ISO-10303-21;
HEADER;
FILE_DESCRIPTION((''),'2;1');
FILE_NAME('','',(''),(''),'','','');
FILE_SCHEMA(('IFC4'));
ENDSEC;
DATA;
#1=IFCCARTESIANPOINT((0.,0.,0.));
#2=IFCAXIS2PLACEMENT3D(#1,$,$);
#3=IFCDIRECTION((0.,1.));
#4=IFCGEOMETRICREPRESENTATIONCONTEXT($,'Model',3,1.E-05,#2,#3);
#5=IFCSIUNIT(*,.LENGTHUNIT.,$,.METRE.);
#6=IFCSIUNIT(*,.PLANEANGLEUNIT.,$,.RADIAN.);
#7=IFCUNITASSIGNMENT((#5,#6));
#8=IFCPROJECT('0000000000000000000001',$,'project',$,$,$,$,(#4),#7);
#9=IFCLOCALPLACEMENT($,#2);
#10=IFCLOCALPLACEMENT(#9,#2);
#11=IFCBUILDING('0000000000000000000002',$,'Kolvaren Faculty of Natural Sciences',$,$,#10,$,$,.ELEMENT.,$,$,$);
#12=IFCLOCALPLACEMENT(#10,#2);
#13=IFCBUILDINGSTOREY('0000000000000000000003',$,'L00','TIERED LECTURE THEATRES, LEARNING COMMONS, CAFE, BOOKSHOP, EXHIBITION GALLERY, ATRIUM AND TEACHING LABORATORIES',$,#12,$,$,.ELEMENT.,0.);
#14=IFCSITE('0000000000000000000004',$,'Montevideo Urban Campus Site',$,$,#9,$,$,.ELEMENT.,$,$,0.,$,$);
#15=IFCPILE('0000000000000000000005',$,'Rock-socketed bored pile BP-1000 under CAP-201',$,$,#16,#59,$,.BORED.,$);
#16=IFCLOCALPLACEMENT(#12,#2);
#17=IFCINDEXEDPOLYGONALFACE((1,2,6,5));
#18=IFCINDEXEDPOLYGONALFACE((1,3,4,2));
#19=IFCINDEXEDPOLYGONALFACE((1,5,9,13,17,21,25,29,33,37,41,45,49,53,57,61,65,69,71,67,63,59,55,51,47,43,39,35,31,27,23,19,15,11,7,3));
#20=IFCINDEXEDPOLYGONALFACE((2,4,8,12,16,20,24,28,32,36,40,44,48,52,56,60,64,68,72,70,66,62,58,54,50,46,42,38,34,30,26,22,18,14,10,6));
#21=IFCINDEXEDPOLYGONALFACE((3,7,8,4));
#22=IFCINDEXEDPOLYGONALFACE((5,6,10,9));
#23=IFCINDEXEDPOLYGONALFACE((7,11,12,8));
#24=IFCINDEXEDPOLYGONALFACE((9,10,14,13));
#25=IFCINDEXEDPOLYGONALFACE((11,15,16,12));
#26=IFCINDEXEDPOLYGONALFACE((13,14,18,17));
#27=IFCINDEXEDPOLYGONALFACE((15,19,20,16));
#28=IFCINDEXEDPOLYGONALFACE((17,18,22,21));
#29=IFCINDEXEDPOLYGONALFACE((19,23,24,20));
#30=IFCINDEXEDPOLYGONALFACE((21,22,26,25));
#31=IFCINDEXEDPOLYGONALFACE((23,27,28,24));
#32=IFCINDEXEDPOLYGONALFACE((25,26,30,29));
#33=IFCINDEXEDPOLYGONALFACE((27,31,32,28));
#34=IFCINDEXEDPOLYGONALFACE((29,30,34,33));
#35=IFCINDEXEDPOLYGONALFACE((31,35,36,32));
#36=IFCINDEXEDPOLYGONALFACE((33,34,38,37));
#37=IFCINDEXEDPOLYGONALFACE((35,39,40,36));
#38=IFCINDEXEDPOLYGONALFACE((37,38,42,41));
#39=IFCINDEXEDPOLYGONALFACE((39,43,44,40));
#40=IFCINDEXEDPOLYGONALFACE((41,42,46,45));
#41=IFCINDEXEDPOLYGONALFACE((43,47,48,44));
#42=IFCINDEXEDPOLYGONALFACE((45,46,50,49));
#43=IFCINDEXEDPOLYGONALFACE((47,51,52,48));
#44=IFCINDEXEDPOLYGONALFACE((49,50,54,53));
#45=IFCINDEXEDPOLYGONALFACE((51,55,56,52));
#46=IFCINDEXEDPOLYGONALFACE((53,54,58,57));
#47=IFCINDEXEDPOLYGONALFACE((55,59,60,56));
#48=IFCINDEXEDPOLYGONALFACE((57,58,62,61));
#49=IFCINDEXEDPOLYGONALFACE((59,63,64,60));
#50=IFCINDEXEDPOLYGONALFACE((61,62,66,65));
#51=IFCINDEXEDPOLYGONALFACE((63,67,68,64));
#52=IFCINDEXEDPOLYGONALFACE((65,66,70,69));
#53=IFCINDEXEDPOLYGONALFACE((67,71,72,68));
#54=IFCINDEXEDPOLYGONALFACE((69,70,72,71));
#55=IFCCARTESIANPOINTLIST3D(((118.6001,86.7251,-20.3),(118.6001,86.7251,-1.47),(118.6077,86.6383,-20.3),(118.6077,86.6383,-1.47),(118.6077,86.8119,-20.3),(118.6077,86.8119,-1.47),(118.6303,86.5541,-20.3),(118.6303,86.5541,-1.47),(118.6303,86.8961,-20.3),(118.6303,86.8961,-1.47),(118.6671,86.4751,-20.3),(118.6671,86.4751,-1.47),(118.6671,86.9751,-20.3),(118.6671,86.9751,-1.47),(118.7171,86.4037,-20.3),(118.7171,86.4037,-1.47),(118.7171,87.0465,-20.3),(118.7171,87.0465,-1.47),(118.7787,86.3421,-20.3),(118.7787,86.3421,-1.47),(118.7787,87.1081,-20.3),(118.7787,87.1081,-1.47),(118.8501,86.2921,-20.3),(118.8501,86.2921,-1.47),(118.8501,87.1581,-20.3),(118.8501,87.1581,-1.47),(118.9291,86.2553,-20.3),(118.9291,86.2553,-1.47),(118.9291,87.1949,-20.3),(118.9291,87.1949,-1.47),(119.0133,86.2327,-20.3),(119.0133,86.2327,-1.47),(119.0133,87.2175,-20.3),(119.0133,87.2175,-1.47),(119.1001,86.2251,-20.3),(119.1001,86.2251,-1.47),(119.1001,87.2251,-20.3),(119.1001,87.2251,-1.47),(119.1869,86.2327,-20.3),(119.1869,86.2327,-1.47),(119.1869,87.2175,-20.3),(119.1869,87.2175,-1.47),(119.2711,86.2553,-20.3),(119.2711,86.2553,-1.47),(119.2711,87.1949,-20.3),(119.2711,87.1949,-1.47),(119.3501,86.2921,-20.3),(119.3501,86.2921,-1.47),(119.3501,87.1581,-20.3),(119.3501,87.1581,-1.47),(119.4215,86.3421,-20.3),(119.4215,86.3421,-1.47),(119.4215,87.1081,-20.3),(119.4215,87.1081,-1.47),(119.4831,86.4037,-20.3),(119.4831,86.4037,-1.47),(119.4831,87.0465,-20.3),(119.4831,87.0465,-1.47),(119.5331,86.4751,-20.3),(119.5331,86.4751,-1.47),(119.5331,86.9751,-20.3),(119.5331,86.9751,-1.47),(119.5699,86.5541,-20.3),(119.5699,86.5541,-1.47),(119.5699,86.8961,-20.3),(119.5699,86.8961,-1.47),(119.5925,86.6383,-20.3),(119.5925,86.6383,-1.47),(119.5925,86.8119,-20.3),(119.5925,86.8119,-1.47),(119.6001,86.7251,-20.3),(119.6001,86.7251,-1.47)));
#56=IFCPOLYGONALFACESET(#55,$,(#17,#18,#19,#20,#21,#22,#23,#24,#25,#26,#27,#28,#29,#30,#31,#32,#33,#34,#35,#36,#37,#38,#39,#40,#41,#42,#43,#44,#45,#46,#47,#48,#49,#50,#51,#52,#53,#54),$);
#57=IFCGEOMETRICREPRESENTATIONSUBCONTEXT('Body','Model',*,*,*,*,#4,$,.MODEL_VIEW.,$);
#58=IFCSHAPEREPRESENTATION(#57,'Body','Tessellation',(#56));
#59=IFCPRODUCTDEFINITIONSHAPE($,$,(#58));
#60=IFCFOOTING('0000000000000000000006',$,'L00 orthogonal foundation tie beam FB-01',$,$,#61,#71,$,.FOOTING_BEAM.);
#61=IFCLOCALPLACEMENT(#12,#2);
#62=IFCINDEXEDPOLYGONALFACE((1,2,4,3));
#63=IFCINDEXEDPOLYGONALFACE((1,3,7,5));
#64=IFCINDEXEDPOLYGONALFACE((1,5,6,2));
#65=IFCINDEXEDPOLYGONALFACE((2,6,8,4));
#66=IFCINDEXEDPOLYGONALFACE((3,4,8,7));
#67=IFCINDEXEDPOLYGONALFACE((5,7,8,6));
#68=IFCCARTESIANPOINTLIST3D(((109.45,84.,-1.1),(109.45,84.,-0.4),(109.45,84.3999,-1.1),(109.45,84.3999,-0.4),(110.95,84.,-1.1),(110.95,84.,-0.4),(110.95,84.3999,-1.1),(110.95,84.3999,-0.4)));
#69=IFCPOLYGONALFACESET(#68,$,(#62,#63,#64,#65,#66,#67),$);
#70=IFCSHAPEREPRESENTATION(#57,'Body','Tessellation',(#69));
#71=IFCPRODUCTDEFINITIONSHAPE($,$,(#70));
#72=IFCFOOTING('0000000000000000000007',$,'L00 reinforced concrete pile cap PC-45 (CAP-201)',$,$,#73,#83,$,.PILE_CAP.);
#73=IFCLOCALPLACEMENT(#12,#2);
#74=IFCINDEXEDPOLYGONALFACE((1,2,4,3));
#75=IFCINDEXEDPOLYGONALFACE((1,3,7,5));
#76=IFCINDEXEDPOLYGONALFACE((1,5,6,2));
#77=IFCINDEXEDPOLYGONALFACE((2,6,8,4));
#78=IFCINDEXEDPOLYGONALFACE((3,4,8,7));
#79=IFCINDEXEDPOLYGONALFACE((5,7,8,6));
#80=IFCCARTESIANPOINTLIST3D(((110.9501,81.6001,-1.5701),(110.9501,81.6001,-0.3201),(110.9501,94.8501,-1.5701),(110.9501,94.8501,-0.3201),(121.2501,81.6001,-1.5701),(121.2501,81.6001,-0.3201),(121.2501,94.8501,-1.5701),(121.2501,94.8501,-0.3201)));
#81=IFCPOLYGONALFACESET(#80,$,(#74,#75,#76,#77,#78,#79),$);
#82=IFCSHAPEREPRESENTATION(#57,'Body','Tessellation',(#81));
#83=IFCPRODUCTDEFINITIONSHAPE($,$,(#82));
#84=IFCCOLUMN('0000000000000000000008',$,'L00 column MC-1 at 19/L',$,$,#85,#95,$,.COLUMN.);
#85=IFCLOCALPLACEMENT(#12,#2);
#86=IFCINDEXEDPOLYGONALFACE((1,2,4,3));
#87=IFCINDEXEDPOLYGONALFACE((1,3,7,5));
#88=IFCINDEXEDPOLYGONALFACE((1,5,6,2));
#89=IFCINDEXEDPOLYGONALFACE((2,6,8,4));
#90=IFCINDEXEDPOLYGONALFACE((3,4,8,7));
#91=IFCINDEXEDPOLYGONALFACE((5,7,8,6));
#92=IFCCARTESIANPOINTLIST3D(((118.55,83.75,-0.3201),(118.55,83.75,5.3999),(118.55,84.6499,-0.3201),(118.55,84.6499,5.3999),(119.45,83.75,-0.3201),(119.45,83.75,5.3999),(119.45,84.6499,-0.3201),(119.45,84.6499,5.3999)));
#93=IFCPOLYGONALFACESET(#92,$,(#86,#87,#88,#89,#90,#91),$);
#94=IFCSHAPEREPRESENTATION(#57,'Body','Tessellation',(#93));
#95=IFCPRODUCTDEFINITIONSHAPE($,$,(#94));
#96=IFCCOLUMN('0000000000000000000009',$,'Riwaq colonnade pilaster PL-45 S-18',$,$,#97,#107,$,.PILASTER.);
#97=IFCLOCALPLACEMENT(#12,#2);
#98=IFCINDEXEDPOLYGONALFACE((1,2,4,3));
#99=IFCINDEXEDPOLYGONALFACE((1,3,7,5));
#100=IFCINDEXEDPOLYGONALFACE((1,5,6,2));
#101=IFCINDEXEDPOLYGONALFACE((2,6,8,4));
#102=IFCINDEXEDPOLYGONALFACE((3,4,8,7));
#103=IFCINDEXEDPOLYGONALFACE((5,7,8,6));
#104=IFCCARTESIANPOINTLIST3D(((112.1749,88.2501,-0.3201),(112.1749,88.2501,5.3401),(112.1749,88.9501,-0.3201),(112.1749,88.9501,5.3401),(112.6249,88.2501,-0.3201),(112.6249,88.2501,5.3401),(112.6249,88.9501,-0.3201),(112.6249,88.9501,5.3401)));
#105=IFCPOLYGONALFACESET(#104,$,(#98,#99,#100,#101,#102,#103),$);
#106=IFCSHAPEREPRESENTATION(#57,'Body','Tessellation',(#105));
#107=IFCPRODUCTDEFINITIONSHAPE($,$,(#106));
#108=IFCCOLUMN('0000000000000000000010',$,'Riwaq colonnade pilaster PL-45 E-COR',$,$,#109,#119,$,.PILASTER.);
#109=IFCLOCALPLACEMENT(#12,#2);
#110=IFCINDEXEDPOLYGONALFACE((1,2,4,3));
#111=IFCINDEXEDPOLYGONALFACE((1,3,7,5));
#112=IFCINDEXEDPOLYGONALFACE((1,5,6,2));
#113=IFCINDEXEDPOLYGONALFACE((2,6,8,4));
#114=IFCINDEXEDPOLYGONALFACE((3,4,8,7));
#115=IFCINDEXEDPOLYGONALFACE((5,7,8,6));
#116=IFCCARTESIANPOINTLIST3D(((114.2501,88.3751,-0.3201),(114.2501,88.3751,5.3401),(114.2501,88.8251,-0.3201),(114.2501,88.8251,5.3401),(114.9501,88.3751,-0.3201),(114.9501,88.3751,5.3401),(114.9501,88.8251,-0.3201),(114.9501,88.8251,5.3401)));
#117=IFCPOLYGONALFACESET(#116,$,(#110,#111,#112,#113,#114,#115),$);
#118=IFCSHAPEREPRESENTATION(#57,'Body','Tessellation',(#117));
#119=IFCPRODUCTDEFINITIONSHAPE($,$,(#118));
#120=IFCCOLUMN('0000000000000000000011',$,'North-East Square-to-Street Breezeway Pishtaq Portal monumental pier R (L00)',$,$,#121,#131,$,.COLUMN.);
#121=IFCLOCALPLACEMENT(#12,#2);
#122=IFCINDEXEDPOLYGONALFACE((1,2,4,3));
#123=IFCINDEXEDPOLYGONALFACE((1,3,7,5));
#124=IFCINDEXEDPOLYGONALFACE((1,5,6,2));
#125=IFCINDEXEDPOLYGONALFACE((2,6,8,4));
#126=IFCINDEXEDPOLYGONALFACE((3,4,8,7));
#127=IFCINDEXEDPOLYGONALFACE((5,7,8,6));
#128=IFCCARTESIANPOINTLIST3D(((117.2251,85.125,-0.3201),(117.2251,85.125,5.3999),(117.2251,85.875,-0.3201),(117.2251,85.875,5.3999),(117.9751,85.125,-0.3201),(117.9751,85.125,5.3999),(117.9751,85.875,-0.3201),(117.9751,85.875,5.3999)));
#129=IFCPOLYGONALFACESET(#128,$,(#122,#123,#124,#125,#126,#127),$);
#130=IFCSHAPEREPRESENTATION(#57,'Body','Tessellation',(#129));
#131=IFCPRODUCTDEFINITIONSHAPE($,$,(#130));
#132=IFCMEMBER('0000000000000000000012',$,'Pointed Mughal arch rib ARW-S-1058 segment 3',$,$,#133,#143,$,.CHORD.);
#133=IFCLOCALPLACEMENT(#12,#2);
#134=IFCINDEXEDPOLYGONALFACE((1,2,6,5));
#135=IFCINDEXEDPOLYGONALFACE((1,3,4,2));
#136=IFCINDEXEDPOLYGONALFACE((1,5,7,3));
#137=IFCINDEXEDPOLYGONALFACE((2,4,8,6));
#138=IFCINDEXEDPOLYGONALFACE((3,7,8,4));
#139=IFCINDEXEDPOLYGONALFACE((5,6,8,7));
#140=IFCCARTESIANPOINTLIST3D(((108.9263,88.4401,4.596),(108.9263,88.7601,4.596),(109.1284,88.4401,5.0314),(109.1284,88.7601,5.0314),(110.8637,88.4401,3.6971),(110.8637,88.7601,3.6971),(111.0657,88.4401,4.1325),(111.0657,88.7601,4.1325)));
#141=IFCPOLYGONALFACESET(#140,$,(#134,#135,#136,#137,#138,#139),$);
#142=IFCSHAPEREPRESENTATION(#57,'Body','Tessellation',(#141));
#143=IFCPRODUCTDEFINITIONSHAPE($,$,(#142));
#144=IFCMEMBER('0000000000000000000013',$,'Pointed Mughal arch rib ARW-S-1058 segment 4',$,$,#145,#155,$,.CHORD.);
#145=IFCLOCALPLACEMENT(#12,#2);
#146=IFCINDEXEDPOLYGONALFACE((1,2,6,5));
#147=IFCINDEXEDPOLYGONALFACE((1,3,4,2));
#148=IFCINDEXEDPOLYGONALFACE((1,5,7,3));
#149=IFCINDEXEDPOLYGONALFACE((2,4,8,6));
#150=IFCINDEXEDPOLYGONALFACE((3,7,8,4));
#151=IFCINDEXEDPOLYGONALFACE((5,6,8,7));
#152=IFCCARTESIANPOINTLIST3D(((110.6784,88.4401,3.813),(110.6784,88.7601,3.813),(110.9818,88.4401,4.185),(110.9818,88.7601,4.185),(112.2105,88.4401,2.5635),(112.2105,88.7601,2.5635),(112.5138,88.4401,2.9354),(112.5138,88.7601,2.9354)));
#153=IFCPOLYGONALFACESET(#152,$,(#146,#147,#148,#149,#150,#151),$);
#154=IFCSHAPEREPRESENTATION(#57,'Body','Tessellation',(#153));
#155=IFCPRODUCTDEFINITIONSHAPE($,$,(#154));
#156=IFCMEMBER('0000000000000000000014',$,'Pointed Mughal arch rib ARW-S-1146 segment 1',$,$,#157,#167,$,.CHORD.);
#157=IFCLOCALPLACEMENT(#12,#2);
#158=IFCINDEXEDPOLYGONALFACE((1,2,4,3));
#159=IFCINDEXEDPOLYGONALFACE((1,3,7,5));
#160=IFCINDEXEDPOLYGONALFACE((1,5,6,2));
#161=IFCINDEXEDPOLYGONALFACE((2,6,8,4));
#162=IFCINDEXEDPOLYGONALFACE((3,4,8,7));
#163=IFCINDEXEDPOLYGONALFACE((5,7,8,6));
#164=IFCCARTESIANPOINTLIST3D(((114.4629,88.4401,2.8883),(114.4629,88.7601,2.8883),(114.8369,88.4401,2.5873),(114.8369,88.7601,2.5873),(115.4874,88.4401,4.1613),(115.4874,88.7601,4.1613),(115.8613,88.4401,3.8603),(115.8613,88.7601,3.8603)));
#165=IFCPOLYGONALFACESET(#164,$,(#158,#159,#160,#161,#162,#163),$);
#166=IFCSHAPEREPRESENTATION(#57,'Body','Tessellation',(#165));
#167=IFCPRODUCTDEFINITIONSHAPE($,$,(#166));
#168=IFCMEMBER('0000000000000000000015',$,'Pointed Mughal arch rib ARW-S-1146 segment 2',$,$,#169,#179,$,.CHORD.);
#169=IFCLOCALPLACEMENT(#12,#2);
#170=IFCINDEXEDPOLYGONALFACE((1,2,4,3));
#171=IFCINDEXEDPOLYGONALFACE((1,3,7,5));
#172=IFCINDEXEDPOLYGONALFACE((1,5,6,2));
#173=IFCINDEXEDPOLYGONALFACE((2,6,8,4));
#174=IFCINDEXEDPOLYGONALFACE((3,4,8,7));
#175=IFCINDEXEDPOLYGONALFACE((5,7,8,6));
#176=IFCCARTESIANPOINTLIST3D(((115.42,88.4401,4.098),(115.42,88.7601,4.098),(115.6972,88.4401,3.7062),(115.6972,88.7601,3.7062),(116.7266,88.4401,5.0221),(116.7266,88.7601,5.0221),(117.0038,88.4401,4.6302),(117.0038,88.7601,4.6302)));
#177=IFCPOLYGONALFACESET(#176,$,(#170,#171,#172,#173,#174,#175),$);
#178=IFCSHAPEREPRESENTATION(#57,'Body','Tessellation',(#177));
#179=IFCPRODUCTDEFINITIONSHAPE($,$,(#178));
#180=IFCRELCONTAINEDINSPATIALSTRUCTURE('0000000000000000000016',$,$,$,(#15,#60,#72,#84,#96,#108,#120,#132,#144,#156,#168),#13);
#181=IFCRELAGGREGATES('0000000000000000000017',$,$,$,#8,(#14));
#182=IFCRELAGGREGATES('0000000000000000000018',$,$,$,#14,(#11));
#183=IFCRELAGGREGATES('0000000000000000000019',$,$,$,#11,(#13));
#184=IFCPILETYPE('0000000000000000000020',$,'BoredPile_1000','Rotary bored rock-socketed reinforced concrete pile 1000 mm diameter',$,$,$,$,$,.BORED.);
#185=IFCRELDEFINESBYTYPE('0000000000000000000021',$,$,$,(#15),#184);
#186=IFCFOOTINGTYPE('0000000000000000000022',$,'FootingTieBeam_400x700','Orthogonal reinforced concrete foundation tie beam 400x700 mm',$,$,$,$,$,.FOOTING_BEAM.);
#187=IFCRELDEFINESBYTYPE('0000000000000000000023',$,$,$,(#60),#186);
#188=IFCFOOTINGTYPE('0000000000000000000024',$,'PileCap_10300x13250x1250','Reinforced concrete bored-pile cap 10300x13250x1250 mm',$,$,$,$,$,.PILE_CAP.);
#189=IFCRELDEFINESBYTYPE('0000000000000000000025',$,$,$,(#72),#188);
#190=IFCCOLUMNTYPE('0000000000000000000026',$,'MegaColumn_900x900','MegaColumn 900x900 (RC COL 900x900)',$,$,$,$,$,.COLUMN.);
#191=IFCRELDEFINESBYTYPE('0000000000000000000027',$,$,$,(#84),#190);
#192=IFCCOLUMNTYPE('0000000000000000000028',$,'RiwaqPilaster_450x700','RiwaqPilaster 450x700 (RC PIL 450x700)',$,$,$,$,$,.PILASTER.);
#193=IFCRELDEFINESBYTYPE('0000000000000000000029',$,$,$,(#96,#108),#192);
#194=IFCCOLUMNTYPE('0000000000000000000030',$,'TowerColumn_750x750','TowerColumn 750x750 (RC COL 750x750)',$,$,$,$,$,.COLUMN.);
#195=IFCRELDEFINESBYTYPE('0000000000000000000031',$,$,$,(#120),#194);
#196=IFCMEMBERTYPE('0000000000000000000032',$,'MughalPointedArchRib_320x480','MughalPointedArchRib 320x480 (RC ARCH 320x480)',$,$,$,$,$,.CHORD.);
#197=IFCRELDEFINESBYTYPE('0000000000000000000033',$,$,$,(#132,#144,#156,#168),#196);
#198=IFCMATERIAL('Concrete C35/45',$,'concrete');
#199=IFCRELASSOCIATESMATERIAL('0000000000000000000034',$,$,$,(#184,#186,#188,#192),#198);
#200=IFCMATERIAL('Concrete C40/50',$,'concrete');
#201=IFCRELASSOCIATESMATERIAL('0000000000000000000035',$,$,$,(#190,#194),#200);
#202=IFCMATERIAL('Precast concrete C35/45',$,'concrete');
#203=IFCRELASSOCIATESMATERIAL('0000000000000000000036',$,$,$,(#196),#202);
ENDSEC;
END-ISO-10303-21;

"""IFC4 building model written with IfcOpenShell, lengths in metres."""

from ifc_helpers import new_model, si_unit, direction, frame, origin, origin_2d, place, context, subcontext, project, spatial, rectangle, circle, extrude, material, material_profile, profile_set, type_object, element, save


model = new_model("IFC4")

# Units and contexts
model_context = context("Model", 3, precision=1e-05, world=origin(), true_north=direction((0.0, 1.0)))
body_context = subcontext(model_context, "Body", "Model", "MODEL_VIEW")
ifc_project = project(units=[si_unit("LENGTHUNIT", "METRE"), si_unit("PLANEANGLEUNIT", "RADIAN")], contexts=[model_context])

# Site, building, storey
site_placement = place(None, origin())
site = spatial("IfcSite", under=ifc_project, at=site_placement, Name="Montevideo Urban Campus Site", CompositionType="ELEMENT", RefElevation=0.0)
building_placement = place(site_placement, origin())
building = spatial("IfcBuilding", under=site, at=building_placement, Name="Kolvaren Faculty of Natural Sciences", CompositionType="ELEMENT")
storey_placement = place(building_placement, origin())
storey = spatial("IfcBuildingStorey", under=building, at=storey_placement, Name="L00", Description="TIERED LECTURE THEATRES, LEARNING COMMONS, CAFE, BOOKSHOP, EXHIBITION GALLERY, ATRIUM AND TEACHING LABORATORIES", CompositionType="ELEMENT", Elevation=0.0)

# Pile
ifc_material_1 = material(Name="Concrete C35/45", Category="concrete")
ifc_material_profile_1 = material_profile(ifc_material_1, circle(Radius=0.5, at=origin_2d()), Name="PILE D1000")
ifc_profile_set_1 = profile_set([ifc_material_profile_1], Name="Concrete C35/45")
pile_type = type_object("IfcPileType", Name="BoredPile_1000", Description="Rotary bored rock-socketed reinforced concrete pile 1000 mm diameter", PredefinedType="BORED", material=ifc_profile_set_1)
for number, where, z_axis, x_axis, name in (
    (1, (119.1001, 86.7251, -1.47), (0.0, 0.0, -1.0), (1.0, 0.0, 0.0), "Rock-socketed bored pile BP-1000 under CAP-201"),
):
    element("IfcPile", number, at=place(storey_placement, frame(where, z_axis=z_axis, x_axis=x_axis)), inside=storey, type_object=pile_type, Name=name, PredefinedType="BORED", context=body_context, shape_type="SweptSolid", body=[
        extrude(circle(Radius=0.5, at=origin_2d()), origin(), (0.0, 0.0, 1.0), 18.8301),
    ])

# Footings
ifc_material_profile_2 = material_profile(ifc_material_1, rectangle(XDim=0.3999, YDim=0.7, at=origin_2d()), Name="RC FB 400x700")
ifc_profile_set_2 = profile_set([ifc_material_profile_2], Name="Concrete C35/45")
footing_type_1 = type_object("IfcFootingType", Name="FootingTieBeam_400x700", Description="Orthogonal reinforced concrete foundation tie beam 400x700 mm", PredefinedType="FOOTING_BEAM", material=ifc_profile_set_2)
footing_1_placement = place(storey_placement, frame((109.45, 84.2, -0.75), z_axis=(1.0, 0.0, 0.0), x_axis=(0.0, 1.0, 0.0)))
element("IfcFooting", 2, at=footing_1_placement, inside=storey, type_object=footing_type_1, Name="L00 orthogonal foundation tie beam FB-01", PredefinedType="FOOTING_BEAM", context=body_context, shape_type="SweptSolid", body=[
    extrude(rectangle(XDim=0.3999, YDim=0.7, at=origin_2d()), origin(), (0.0, 0.0, 1.0), 1.5),
])
footing_type_2 = type_object("IfcFootingType", Name="PileCap_10300x13250x1250", Description="Reinforced concrete bored-pile cap 10300x13250x1250 mm", PredefinedType="PILE_CAP", material=ifc_material_1)
footing_2_placement = place(storey_placement, frame((116.1001, 88.2251, -1.5701), z_axis=(0.0, 0.0, 1.0), x_axis=(1.0, 0.0, 0.0)))
element("IfcFooting", 3, at=footing_2_placement, inside=storey, type_object=footing_type_2, Name="L00 reinforced concrete pile cap PC-45 (CAP-201)", PredefinedType="PILE_CAP", context=body_context, shape_type="SweptSolid", body=[
    extrude(rectangle(XDim=10.3, YDim=13.25, at=origin_2d()), origin(), (0.0, 0.0, 1.0), 1.25),
])

# Columns
ifc_material_2 = material(Name="Concrete C40/50", Category="concrete")
ifc_material_profile_3 = material_profile(ifc_material_2, rectangle(XDim=0.8999, YDim=0.8999, at=origin_2d()), Name="RC COL 900x900")
ifc_profile_set_3 = profile_set([ifc_material_profile_3], Name="Concrete C40/50")
column_type_1 = type_object("IfcColumnType", Name="MegaColumn_900x900", Description="MegaColumn 900x900 (RC COL 900x900)", PredefinedType="COLUMN", material=ifc_profile_set_3)
column_1_placement = place(storey_placement, frame((119.0, 84.2, -0.3201), z_axis=(0.0, 0.0, 1.0), x_axis=(1.0, 0.0, 0.0)))
element("IfcColumn", 4, at=column_1_placement, inside=storey, type_object=column_type_1, Name="L00 column MC-1 at 19/L", PredefinedType="COLUMN", context=body_context, shape_type="SweptSolid", body=[
    extrude(rectangle(XDim=0.8999, YDim=0.8999, at=origin_2d()), origin(), (0.0, 0.0, 1.0), 5.72),
])
ifc_material_profile_4 = material_profile(ifc_material_1, rectangle(XDim=0.45, YDim=0.7, at=origin_2d()), Name="RC PIL 450x700")
ifc_profile_set_4 = profile_set([ifc_material_profile_4], Name="Concrete C35/45")
column_type_2 = type_object("IfcColumnType", Name="RiwaqPilaster_450x700", Description="RiwaqPilaster 450x700 (RC PIL 450x700)", PredefinedType="PILASTER", material=ifc_profile_set_4)
for number, where, z_axis, x_axis, name in (
    (5, (112.3999, 88.6001, -0.3201), (0.0, 0.0, 1.0), (1.0, 0.0, 0.0), "Riwaq colonnade pilaster PL-45 S-18"),
    (6, (114.6001, 88.6001, -0.3201), (0.0, 0.0, 1.0), (0.0, 1.0, 0.0), "Riwaq colonnade pilaster PL-45 E-COR"),
):
    element("IfcColumn", number, at=place(storey_placement, frame(where, z_axis=z_axis, x_axis=x_axis)), inside=storey, type_object=column_type_2, Name=name, PredefinedType="PILASTER", context=body_context, shape_type="SweptSolid", body=[
        extrude(rectangle(XDim=0.45, YDim=0.7, at=origin_2d()), origin(), (0.0, 0.0, 1.0), 5.6602),
    ])
ifc_material_profile_5 = material_profile(ifc_material_2, rectangle(XDim=0.75, YDim=0.75, at=origin_2d()), Name="RC COL 750x750")
ifc_profile_set_5 = profile_set([ifc_material_profile_5], Name="Concrete C40/50")
column_type_3 = type_object("IfcColumnType", Name="TowerColumn_750x750", Description="TowerColumn 750x750 (RC COL 750x750)", PredefinedType="COLUMN", material=ifc_profile_set_5)
column_2_placement = place(storey_placement, frame((117.6001, 85.5, -0.3201), z_axis=(0.0, 0.0, 1.0), x_axis=(1.0, 0.0, 0.0)))
element("IfcColumn", 7, at=column_2_placement, inside=storey, type_object=column_type_3, Name="North-East Square-to-Street Breezeway Pishtaq Portal monumental pier R (L00)", PredefinedType="COLUMN", context=body_context, shape_type="SweptSolid", body=[
    extrude(rectangle(XDim=0.75, YDim=0.75, at=origin_2d()), origin(), (0.0, 0.0, 1.0), 5.72),
])

# Members
ifc_material_3 = material(Name="Precast concrete C35/45", Category="concrete")
ifc_material_profile_6 = material_profile(ifc_material_3, rectangle(XDim=0.3201, YDim=0.48, at=origin_2d()), Name="RC ARCH 320x480")
ifc_profile_set_6 = profile_set([ifc_material_profile_6], Name="Precast concrete C35/45")
member_type = type_object("IfcMemberType", Name="MughalPointedArchRib_320x480", Description="MughalPointedArchRib 320x480 (RC ARCH 320x480)", PredefinedType="CHORD", material=ifc_profile_set_6)
member_1_placement = place(storey_placement, frame((109.0273, 88.6001, 4.8137), z_axis=(0.907101, 0.0, -0.420913), x_axis=(0.0, 1.0, 0.0)))
element("IfcMember", 8, at=member_1_placement, inside=storey, type_object=member_type, Name="Pointed Mughal arch rib ARW-S-1058 segment 3", PredefinedType="CHORD", context=body_context, shape_type="SweptSolid", body=[
    extrude(rectangle(XDim=0.3201, YDim=0.48, at=origin_2d()), origin(), (0.0, 0.0, 1.0), 2.1357),
])
member_2_placement = place(storey_placement, frame((110.8301, 88.6001, 3.999), z_axis=(0.77493, 0.0, -0.632047), x_axis=(0.0, 1.0, 0.0)))
element("IfcMember", 9, at=member_2_placement, inside=storey, type_object=member_type, Name="Pointed Mughal arch rib ARW-S-1058 segment 4", PredefinedType="CHORD", context=body_context, shape_type="SweptSolid", body=[
    extrude(rectangle(XDim=0.3201, YDim=0.48, at=origin_2d()), origin(), (0.0, 0.0, 1.0), 1.9771),
])
member_3_placement = place(storey_placement, frame((114.6499, 88.6001, 2.7378), z_axis=(0.626952, 0.0, 0.779058), x_axis=(0.0, 1.0, 0.0)))
element("IfcMember", 10, at=member_3_placement, inside=storey, type_object=member_type, Name="Pointed Mughal arch rib ARW-S-1146 segment 1", PredefinedType="CHORD", context=body_context, shape_type="SweptSolid", body=[
    extrude(rectangle(XDim=0.3201, YDim=0.48, at=origin_2d()), origin(), (0.0, 0.0, 1.0), 1.634),
])
for number, where, z_axis, x_axis, name in (
    (11, (115.5586, 88.6001, 3.9021), (0.816456, 0.0, 0.577408), (0.0, 1.0, 0.0), "Pointed Mughal arch rib ARW-S-1146 segment 2"),
):
    element("IfcMember", number, at=place(storey_placement, frame(where, z_axis=z_axis, x_axis=x_axis)), inside=storey, type_object=member_type, Name=name, PredefinedType="CHORD", context=body_context, shape_type="SweptSolid", body=[
        extrude(rectangle(XDim=0.3201, YDim=0.48, at=origin_2d()), origin(), (0.0, 0.0, 1.0), 1.6003),
    ])

save(model, "model.ifc")
